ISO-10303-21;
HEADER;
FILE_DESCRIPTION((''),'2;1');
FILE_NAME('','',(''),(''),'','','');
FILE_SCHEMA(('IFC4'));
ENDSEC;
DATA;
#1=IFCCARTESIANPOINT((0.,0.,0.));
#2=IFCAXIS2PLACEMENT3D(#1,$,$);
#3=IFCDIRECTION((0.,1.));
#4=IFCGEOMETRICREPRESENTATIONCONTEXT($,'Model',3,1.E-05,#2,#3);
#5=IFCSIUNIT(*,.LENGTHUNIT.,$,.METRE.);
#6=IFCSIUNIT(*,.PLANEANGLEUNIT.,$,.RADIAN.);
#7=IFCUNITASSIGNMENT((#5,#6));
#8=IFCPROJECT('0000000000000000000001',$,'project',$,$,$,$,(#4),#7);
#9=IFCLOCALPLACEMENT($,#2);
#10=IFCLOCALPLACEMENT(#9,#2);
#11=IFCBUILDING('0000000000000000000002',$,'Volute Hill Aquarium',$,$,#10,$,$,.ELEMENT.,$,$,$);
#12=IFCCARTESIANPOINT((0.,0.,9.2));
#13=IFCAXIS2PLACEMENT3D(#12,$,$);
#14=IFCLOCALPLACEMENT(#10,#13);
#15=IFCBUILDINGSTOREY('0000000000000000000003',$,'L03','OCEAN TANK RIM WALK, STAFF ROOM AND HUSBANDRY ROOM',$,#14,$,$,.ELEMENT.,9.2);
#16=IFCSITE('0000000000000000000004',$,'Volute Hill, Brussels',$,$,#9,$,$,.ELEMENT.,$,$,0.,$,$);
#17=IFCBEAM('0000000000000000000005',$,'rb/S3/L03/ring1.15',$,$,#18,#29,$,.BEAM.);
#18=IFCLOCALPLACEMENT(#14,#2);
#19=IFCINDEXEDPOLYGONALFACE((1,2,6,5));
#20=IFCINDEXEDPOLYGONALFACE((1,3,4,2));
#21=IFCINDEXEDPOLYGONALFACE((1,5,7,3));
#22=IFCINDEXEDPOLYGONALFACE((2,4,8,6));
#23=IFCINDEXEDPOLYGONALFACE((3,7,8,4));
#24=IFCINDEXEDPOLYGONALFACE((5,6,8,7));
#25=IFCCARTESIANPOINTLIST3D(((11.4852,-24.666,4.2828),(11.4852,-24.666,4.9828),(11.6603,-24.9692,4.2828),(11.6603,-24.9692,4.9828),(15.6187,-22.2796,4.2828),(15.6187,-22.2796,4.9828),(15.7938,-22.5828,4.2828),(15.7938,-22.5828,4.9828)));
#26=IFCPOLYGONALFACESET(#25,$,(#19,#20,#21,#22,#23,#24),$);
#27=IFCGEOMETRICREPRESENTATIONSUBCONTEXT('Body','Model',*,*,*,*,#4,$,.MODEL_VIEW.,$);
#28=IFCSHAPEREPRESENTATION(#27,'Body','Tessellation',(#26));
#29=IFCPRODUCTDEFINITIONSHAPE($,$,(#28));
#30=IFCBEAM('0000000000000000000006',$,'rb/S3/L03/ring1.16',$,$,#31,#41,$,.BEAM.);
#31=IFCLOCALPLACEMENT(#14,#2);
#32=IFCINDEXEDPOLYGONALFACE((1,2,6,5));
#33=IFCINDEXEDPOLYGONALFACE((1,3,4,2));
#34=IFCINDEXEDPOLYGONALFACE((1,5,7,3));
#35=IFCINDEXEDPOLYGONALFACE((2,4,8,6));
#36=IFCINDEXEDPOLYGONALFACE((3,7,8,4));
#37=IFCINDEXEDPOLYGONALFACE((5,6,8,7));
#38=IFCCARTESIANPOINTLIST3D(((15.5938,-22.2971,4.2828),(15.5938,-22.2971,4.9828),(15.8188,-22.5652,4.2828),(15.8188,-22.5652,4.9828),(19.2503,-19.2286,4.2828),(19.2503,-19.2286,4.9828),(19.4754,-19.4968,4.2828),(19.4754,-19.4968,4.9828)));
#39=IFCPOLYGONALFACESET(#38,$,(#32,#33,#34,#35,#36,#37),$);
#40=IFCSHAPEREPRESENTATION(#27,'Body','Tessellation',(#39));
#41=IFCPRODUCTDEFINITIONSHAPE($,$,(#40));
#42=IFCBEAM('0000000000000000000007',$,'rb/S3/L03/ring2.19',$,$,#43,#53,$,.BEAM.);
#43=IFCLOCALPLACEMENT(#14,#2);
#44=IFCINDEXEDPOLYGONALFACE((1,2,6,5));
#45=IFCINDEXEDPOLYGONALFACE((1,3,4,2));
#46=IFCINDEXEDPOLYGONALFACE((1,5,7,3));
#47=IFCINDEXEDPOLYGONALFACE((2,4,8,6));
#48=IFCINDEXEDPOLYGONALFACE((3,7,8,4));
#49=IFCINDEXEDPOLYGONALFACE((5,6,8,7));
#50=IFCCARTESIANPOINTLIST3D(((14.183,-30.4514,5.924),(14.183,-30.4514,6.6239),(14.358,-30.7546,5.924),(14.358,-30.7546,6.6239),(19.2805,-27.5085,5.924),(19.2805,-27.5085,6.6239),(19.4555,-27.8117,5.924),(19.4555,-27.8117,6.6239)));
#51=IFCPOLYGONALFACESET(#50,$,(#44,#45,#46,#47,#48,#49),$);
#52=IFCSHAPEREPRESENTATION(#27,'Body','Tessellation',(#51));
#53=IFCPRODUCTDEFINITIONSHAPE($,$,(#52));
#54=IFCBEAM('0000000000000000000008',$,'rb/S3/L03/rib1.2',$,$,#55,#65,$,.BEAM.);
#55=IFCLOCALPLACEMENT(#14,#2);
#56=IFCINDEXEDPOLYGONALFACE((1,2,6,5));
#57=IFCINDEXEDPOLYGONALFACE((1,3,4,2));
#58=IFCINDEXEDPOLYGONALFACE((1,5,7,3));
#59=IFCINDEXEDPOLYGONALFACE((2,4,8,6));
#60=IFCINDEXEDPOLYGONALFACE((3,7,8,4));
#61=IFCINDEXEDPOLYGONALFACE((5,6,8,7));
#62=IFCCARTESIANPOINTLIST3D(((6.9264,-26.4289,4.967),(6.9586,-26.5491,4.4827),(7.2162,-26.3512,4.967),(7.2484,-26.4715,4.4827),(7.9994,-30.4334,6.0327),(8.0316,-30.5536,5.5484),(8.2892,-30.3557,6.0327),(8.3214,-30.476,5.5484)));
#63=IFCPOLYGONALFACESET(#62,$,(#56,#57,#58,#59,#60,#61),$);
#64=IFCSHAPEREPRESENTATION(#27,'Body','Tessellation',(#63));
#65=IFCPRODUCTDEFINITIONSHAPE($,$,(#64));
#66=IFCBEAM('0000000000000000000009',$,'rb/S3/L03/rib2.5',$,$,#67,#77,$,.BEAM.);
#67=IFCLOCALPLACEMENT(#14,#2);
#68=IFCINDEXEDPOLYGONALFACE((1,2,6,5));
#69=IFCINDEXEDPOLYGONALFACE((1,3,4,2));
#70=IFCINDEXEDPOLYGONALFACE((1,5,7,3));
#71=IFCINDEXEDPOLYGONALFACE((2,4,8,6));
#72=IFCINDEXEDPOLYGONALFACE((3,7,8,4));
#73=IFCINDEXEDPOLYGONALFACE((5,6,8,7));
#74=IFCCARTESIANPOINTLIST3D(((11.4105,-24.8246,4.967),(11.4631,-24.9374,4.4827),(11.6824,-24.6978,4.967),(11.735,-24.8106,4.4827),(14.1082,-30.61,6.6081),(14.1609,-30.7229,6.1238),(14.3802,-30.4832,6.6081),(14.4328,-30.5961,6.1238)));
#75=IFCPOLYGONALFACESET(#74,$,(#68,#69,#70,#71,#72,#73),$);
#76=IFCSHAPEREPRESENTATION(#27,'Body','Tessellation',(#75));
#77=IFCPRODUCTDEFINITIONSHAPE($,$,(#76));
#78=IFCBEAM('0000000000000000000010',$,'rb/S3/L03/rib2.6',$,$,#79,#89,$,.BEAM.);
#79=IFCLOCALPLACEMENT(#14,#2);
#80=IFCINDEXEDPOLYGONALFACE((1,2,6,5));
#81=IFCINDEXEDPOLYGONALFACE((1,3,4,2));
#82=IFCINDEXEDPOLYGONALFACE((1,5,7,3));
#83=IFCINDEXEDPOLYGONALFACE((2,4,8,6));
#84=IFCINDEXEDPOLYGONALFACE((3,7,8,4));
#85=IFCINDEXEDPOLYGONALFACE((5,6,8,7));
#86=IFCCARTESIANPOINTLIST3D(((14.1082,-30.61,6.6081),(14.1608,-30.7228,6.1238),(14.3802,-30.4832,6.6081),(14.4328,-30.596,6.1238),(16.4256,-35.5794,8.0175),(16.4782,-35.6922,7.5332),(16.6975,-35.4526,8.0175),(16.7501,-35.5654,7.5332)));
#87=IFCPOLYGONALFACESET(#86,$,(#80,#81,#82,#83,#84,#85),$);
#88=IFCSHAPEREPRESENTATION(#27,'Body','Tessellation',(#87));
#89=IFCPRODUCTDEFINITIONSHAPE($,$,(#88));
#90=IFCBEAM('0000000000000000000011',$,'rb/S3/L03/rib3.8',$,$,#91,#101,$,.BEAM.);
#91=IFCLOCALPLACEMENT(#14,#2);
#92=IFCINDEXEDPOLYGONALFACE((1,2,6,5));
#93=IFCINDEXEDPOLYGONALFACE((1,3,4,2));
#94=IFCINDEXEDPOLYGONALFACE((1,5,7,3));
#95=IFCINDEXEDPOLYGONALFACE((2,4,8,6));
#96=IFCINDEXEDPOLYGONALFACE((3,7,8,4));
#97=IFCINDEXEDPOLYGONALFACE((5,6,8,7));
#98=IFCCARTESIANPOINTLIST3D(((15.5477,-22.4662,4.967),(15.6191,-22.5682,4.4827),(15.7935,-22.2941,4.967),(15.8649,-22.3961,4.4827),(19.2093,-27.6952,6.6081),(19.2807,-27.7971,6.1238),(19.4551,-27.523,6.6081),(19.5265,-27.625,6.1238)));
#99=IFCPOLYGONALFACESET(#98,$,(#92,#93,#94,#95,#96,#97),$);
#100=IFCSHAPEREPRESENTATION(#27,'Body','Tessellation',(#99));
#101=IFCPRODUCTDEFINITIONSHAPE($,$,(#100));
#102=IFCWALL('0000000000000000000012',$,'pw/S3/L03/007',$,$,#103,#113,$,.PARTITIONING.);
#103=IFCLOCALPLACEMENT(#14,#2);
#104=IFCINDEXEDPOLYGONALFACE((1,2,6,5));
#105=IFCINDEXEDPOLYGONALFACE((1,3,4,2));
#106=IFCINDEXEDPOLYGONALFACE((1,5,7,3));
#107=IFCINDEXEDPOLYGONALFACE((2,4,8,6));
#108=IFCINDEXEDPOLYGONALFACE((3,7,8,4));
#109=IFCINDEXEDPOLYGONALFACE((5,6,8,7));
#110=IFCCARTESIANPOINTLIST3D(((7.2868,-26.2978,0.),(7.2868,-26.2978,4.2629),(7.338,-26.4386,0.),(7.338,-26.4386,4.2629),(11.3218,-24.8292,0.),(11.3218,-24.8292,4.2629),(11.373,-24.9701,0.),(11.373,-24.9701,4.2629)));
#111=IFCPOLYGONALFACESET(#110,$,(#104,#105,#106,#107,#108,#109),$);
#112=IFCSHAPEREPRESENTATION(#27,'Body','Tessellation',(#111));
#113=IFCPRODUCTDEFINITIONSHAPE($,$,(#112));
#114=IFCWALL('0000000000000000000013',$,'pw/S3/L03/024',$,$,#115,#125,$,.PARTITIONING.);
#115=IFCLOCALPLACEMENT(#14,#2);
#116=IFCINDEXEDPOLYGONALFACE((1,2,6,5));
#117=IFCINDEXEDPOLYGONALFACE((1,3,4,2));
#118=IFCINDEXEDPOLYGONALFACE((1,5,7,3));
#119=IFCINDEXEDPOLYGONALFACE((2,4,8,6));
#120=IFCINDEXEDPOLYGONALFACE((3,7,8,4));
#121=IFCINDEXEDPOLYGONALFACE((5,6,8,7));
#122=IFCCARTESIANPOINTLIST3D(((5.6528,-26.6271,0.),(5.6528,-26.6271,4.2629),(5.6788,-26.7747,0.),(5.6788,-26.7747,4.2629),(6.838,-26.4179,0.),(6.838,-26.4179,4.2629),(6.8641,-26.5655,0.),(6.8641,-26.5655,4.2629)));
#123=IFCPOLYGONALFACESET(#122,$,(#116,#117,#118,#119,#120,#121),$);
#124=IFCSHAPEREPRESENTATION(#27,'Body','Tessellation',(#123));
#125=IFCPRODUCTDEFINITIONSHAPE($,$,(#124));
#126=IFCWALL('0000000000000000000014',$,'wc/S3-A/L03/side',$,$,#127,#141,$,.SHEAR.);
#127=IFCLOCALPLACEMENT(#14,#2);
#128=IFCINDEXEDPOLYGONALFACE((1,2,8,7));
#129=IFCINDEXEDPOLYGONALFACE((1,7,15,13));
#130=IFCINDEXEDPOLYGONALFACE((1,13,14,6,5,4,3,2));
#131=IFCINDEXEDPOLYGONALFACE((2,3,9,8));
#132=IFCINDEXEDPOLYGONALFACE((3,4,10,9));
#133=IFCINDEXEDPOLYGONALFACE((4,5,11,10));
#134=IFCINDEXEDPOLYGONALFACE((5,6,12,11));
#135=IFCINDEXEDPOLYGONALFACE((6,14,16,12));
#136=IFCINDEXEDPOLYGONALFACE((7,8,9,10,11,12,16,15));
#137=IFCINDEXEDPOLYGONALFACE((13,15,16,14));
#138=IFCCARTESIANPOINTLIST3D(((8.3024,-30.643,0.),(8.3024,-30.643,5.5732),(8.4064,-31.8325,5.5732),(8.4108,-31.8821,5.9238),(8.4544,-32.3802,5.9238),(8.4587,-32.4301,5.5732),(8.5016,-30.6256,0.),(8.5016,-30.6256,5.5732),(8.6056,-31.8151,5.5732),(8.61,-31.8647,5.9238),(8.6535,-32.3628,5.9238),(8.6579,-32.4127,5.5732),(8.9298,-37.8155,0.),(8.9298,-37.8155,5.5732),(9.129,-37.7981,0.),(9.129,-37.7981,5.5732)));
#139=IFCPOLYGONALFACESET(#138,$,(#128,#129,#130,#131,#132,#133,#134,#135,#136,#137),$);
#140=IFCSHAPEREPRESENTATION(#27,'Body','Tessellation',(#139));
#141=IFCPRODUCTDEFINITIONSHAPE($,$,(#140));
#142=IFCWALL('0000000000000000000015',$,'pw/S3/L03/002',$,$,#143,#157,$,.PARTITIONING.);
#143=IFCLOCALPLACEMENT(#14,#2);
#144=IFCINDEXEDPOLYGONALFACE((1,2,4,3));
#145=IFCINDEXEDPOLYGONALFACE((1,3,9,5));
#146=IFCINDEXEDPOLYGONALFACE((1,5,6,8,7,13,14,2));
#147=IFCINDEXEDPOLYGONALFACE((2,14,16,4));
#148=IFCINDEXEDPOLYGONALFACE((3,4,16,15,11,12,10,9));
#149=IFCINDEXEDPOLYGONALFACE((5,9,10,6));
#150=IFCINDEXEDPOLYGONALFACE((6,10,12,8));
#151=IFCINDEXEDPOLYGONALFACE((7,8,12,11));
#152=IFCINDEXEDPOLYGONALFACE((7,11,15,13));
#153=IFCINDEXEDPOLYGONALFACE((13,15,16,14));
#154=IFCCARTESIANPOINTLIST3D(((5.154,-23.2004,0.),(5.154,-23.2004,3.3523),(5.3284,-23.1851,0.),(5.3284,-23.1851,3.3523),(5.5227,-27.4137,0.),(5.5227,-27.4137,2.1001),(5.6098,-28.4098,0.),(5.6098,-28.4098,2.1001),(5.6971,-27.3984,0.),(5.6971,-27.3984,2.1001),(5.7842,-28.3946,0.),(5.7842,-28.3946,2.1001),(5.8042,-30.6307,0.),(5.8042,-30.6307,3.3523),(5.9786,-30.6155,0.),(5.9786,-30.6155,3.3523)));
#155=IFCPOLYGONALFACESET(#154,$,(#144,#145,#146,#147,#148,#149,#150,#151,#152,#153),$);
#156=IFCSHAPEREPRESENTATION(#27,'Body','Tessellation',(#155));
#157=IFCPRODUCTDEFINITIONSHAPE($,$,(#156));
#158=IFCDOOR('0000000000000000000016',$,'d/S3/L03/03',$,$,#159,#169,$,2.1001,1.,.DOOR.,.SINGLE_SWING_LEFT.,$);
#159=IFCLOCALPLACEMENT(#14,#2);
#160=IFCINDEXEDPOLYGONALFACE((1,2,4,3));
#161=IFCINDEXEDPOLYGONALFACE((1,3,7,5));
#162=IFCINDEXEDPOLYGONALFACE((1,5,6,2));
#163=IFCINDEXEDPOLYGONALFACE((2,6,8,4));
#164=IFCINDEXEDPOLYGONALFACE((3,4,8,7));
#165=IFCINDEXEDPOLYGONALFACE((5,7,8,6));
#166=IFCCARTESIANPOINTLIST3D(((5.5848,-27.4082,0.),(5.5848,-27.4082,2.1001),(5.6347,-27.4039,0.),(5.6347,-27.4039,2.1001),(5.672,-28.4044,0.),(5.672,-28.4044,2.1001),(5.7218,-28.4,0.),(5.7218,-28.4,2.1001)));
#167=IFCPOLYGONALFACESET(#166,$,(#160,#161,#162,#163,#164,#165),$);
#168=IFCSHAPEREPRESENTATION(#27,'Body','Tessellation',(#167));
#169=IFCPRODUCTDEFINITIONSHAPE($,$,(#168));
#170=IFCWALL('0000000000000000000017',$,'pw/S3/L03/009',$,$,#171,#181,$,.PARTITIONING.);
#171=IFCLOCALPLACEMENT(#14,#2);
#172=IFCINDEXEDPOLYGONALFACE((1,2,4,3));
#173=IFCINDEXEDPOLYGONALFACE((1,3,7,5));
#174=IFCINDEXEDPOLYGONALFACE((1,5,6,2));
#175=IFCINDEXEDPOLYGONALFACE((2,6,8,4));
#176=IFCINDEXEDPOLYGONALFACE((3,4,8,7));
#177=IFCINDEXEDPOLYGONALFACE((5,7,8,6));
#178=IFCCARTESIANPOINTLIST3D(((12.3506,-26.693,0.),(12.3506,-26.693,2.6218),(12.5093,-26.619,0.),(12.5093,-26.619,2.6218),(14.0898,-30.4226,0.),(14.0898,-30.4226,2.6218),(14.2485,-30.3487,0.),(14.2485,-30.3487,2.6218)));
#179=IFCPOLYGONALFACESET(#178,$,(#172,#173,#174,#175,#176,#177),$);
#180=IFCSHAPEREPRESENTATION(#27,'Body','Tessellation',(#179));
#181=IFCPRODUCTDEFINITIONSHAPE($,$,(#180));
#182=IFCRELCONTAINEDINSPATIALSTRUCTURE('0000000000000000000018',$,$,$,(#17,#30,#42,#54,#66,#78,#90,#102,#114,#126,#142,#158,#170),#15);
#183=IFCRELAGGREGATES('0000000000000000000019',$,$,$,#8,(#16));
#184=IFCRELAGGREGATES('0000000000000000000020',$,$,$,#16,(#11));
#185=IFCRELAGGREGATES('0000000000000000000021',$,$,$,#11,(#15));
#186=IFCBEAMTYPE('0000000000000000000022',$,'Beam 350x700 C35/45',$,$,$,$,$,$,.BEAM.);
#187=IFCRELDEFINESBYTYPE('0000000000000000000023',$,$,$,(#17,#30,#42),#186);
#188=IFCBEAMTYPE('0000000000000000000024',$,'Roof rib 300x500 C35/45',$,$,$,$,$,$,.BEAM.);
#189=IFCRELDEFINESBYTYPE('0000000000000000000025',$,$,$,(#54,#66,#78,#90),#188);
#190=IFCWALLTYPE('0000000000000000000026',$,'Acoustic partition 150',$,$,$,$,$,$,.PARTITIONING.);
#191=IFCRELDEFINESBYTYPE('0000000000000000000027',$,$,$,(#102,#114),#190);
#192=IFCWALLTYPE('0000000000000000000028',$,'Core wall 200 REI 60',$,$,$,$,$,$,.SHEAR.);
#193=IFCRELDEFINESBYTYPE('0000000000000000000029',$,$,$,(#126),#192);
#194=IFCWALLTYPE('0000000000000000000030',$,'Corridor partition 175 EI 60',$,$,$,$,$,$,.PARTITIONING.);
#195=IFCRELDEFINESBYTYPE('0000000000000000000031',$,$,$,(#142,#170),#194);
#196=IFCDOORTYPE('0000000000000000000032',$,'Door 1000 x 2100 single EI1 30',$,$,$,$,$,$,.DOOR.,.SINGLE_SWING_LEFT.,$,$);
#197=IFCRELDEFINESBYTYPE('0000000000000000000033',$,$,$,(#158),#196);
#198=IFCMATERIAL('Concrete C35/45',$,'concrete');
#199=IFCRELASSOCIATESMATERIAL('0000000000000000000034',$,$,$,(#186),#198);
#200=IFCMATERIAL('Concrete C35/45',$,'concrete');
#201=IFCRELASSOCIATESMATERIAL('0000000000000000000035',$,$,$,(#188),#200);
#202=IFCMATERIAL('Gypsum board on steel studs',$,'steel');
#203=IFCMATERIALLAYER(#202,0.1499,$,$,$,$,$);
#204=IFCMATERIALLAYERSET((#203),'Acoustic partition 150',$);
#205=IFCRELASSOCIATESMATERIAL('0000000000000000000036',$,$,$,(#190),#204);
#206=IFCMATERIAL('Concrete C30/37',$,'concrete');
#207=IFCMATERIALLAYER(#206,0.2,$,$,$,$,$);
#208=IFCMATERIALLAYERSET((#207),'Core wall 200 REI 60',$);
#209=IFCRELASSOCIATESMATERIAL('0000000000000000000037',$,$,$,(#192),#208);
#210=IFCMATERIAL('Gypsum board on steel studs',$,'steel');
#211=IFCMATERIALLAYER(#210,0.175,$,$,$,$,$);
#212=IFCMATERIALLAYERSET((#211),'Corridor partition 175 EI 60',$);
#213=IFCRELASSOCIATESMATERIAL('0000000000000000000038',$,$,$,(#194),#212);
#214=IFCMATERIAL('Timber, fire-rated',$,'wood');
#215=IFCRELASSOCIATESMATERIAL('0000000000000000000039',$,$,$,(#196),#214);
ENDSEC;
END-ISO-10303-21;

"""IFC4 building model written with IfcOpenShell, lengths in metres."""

from ifc_helpers import new_model, si_unit, direction, frame, frame_2d, origin, origin_2d, place, context, subcontext, project, spatial, polyline, rectangle, outline, extrude, material, layer, layer_set, material_profile, profile_set, type_object, element, fill, save


model = new_model("IFC4")

# Units and contexts
model_context = context("Model", 3, precision=1e-05, world=origin(), true_north=direction((0.0, 1.0)))
body_context = subcontext(model_context, "Body", "Model", "MODEL_VIEW")
ifc_project = project(units=[si_unit("LENGTHUNIT", "METRE"), si_unit("PLANEANGLEUNIT", "RADIAN")], contexts=[model_context])

# Site, building, storey
site_placement = place(None, origin())
site = spatial("IfcSite", under=ifc_project, at=site_placement, Name="Volute Hill, Brussels", CompositionType="ELEMENT", RefElevation=0.0)
building_placement = place(site_placement, origin())
building = spatial("IfcBuilding", under=site, at=building_placement, Name="Volute Hill Aquarium", CompositionType="ELEMENT")
storey_placement = place(building_placement, frame((0.0, 0.0, 9.2)))
storey = spatial("IfcBuildingStorey", under=building, at=storey_placement, Name="L03", Description="OCEAN TANK RIM WALK, STAFF ROOM AND HUSBANDRY ROOM", CompositionType="ELEMENT", Elevation=9.2)

# Beams
ifc_material_1 = material(Name="Concrete C35/45", Category="concrete")
ifc_material_profile_1 = material_profile(ifc_material_1, rectangle(XDim=0.3501, YDim=0.7, at=origin_2d()), Name="RC beam 350x700")
ifc_profile_set_1 = profile_set([ifc_material_profile_1], Name="Concrete C35/45")
beam_type_1 = type_object("IfcBeamType", Name="Beam 350x700 C35/45", PredefinedType="BEAM", material=ifc_profile_set_1)
beam_1_placement = place(storey_placement, frame((11.5728, -24.8176, 4.6328), z_axis=(0.866028, 0.499995, 0.0), x_axis=(-0.499995, 0.866028, 0.0)))
element("IfcBeam", 1, at=beam_1_placement, inside=storey, type_object=beam_type_1, Name="rb/S3/L03/ring1.15", PredefinedType="BEAM", context=body_context, shape_type="SweptSolid", body=[
    extrude(rectangle(XDim=0.3501, YDim=0.7, at=origin_2d()), origin(), (0.0, 0.0, 1.0), 4.7729),
])
beam_2_placement = place(storey_placement, frame((15.7063, -22.4312, 4.6328), z_axis=(0.766024, 0.642812, 0.0), x_axis=(-0.642812, 0.766024, 0.0)))
element("IfcBeam", 2, at=beam_2_placement, inside=storey, type_object=beam_type_1, Name="rb/S3/L03/ring1.16", PredefinedType="BEAM", context=body_context, shape_type="SweptSolid", body=[
    extrude(rectangle(XDim=0.3501, YDim=0.7, at=origin_2d()), origin(), (0.0, 0.0, 1.0), 4.7734),
])
beam_3_placement = place(storey_placement, frame((14.2705, -30.603, 6.2739), z_axis=(0.866034, 0.499985, 0.0), x_axis=(-0.499985, 0.866034, 0.0)))
element("IfcBeam", 3, at=beam_3_placement, inside=storey, type_object=beam_type_1, Name="rb/S3/L03/ring2.19", PredefinedType="BEAM", context=body_context, shape_type="SweptSolid", body=[
    extrude(rectangle(XDim=0.3501, YDim=0.7, at=origin_2d()), origin(), (0.0, 0.0, 1.0), 5.886),
])
ifc_material_2 = material(Name="Concrete C35/45", Category="concrete")
ifc_material_profile_2 = material_profile(ifc_material_2, rectangle(XDim=0.3, YDim=0.5, at=origin_2d()), Name="RC rib 300x500")
ifc_profile_set_2 = profile_set([ifc_material_profile_2], Name="Concrete C35/45")
beam_type_2 = type_object("IfcBeamType", Name="Roof rib 300x500 C35/45", PredefinedType="BEAM", material=ifc_profile_set_2)
beam_4_placement = place(storey_placement, frame((7.0874, -26.4502, 4.7249), z_axis=(0.250675, -0.93551, 0.248964), x_axis=(0.965924, 0.258824, 0.0)))
element("IfcBeam", 4, at=beam_4_placement, inside=storey, type_object=beam_type_2, Name="rb/S3/L03/rib1.2", PredefinedType="BEAM", context=body_context, shape_type="SweptSolid", body=[
    extrude(rectangle(XDim=0.3, YDim=0.5, at=origin_2d()), origin(), (0.0, 0.0, 1.0), 4.2805),
])
beam_5_placement = place(storey_placement, frame((11.5728, -24.8176, 4.7249), z_axis=(0.409305, -0.877766, 0.248991), x_axis=(0.906309, 0.422615, 0.0)))
element("IfcBeam", 5, at=beam_5_placement, inside=storey, type_object=beam_type_2, Name="rb/S3/L03/rib2.5", PredefinedType="BEAM", context=body_context, shape_type="SweptSolid", body=[
    extrude(rectangle(XDim=0.3, YDim=0.5, at=origin_2d()), origin(), (0.0, 0.0, 1.0), 6.5911),
])
beam_6_placement = place(storey_placement, frame((14.2705, -30.603, 6.366), z_axis=(0.409324, -0.877769, 0.248949), x_axis=(0.906303, 0.42263, 0.0)))
element("IfcBeam", 6, at=beam_6_placement, inside=storey, type_object=beam_type_2, Name="rb/S3/L03/rib2.6", PredefinedType="BEAM", context=body_context, shape_type="SweptSolid", body=[
    extrude(rectangle(XDim=0.3, YDim=0.5, at=origin_2d()), origin(), (0.0, 0.0, 1.0), 5.6614),
])
beam_7_placement = place(storey_placement, frame((15.7063, -22.4312, 4.7249), z_axis=(0.555536, -0.793338, 0.248988), x_axis=(0.819135, 0.573601, 0.0)))
element("IfcBeam", 7, at=beam_7_placement, inside=storey, type_object=beam_type_2, Name="rb/S3/L03/rib3.8", PredefinedType="BEAM", context=body_context, shape_type="SweptSolid", body=[
    extrude(rectangle(XDim=0.3, YDim=0.5, at=origin_2d()), origin(), (0.0, 0.0, 1.0), 6.5911),
])

# Walls
ifc_material_3 = material(Name="Gypsum board on steel studs", Category="steel")
ifc_layer_1 = layer(ifc_material_3, 0.1499)
ifc_layer_set_1 = layer_set([ifc_layer_1], Name="Acoustic partition 150")
wall_type_1 = type_object("IfcWallType", Name="Acoustic partition 150", PredefinedType="PARTITIONING", material=ifc_layer_set_1)
wall_1_placement = place(storey_placement, frame((11.3474, -24.8997, 0.0), z_axis=(0.0, 0.0, 1.0), x_axis=(-0.939699, -0.342003, 0.0)))
element("IfcWall", 8, at=wall_1_placement, inside=storey, type_object=wall_type_1, Name="pw/S3/L03/007", PredefinedType="PARTITIONING", context=body_context, shape_type="SweptSolid", body=[
    extrude(rectangle(XDim=4.2939, YDim=0.1499, at=frame_2d((2.147, 0.0))), origin(), (0.0, 0.0, 1.0), 4.2629),
])
wall_2_placement = place(storey_placement, frame((6.8511, -26.4917, 0.0), z_axis=(0.0, 0.0, 1.0), x_axis=(-0.984775, -0.173832, 0.0)))
element("IfcWall", 9, at=wall_2_placement, inside=storey, type_object=wall_type_1, Name="pw/S3/L03/024", PredefinedType="PARTITIONING", context=body_context, shape_type="SweptSolid", body=[
    extrude(rectangle(XDim=1.2036, YDim=0.1499, at=frame_2d((0.6018, 0.0))), origin(), (0.0, 0.0, 1.0), 4.2629),
])
ifc_material_4 = material(Name="Concrete C30/37", Category="concrete")
ifc_layer_2 = layer(ifc_material_4, 0.2)
ifc_layer_set_2 = layer_set([ifc_layer_2], Name="Core wall 200 REI 60")
wall_type_2 = type_object("IfcWallType", Name="Core wall 200 REI 60", PredefinedType="SHEAR", material=ifc_layer_set_2)
wall_3_placement = place(storey_placement, frame((8.4019, -30.6343, 0.0), z_axis=(0.0, 0.0, 1.0), x_axis=(0.087145, -0.996196, 0.0)))
element("IfcWall", 10, at=wall_3_placement, inside=storey, type_object=wall_type_2, Name="wc/S3-A/L03/side", PredefinedType="SHEAR", context=body_context, shape_type="SweptSolid", body=[
    extrude(outline(polyline([(0.0, 0.0), (7.2, 0.0), (7.2, 5.5732), (1.7939, 5.5732), (1.7439, 5.9238), (1.2439, 5.9238), (1.1941, 5.5732), (0.0, 5.5732), (0.0, 0.0)])), frame((0.0, 0.1001, 0.0), z_axis=(0.0, -1.0, 0.0), x_axis=(1.0, 0.0, 0.0)), (0.0, 0.0, 1.0), 0.2),
])

# Wall, opening, door
ifc_material_5 = material(Name="Gypsum board on steel studs", Category="steel")
ifc_layer_3 = layer(ifc_material_5, 0.175)
ifc_layer_set_3 = layer_set([ifc_layer_3], Name="Corridor partition 175 EI 60")
wall_type_3 = type_object("IfcWallType", Name="Corridor partition 175 EI 60", PredefinedType="PARTITIONING", material=ifc_layer_set_3)
wall_4_placement = place(storey_placement, frame((5.2412, -23.1926, 0.0), z_axis=(0.0, 0.0, 1.0), x_axis=(0.087165, -0.996194, 0.0)))
wall_4 = element("IfcWall", 11, at=wall_4_placement, inside=storey, type_object=wall_type_3, Name="pw/S3/L03/002", PredefinedType="PARTITIONING", context=body_context, shape_type="SweptSolid", body=[
    extrude(rectangle(XDim=7.4587, YDim=0.175, at=frame_2d((3.7295, 0.0))), origin(), (0.0, 0.0, 1.0), 3.3523),
])
opening_1_placement = place(wall_4_placement, frame((4.2295, 0.0, 0.0)))
opening_1 = element("IfcOpeningElement", 12, at=opening_1_placement, cuts=wall_4, PredefinedType="OPENING", context=body_context, shape_type="SweptSolid", body=[
    extrude(rectangle(XDim=1.0, YDim=2.1001, at=frame_2d((0.5, 1.05))), frame((0.0, 0.0974, 0.0), z_axis=(0.0, -1.0, 0.0), x_axis=(1.0, 0.0, 0.0)), (0.0, 0.0, 1.0), 0.1951),
])
ifc_material_6 = material(Name="Timber, fire-rated", Category="wood")
door_type = type_object("IfcDoorType", Name="Door 1000 x 2100 single EI1 30", OperationType="SINGLE_SWING_LEFT", PredefinedType="DOOR", material=ifc_material_6)
door_1_placement = place(opening_1_placement, origin())
door_1 = element("IfcDoor", 13, at=door_1_placement, inside=storey, type_object=door_type, Name="d/S3/L03/03", OperationType="SINGLE_SWING_LEFT", OverallHeight=2.1001, OverallWidth=1.0, PredefinedType="DOOR", context=body_context, shape_type="SweptSolid", body=[
    extrude(rectangle(XDim=1.0, YDim=2.1001, at=frame_2d((0.5, 1.05))), frame((0.0, 0.0249, 0.0), z_axis=(0.0, -1.0, 0.0), x_axis=(1.0, 0.0, 0.0)), (0.0, 0.0, 1.0), 0.05),
])
fill(opening_1, door_1)

# Wall
wall_5_placement = place(storey_placement, frame((12.4299, -26.656, 0.0), z_axis=(0.0, 0.0, 1.0), x_axis=(0.422629, -0.906303, 0.0)))
element("IfcWall", 14, at=wall_5_placement, inside=storey, type_object=wall_type_3, Name="pw/S3/L03/009", PredefinedType="PARTITIONING", context=body_context, shape_type="SweptSolid", body=[
    extrude(rectangle(XDim=4.1152, YDim=0.175, at=frame_2d((2.0576, 0.0))), origin(), (0.0, 0.0, 1.0), 2.6218),
])

save(model, "model.ifc")
